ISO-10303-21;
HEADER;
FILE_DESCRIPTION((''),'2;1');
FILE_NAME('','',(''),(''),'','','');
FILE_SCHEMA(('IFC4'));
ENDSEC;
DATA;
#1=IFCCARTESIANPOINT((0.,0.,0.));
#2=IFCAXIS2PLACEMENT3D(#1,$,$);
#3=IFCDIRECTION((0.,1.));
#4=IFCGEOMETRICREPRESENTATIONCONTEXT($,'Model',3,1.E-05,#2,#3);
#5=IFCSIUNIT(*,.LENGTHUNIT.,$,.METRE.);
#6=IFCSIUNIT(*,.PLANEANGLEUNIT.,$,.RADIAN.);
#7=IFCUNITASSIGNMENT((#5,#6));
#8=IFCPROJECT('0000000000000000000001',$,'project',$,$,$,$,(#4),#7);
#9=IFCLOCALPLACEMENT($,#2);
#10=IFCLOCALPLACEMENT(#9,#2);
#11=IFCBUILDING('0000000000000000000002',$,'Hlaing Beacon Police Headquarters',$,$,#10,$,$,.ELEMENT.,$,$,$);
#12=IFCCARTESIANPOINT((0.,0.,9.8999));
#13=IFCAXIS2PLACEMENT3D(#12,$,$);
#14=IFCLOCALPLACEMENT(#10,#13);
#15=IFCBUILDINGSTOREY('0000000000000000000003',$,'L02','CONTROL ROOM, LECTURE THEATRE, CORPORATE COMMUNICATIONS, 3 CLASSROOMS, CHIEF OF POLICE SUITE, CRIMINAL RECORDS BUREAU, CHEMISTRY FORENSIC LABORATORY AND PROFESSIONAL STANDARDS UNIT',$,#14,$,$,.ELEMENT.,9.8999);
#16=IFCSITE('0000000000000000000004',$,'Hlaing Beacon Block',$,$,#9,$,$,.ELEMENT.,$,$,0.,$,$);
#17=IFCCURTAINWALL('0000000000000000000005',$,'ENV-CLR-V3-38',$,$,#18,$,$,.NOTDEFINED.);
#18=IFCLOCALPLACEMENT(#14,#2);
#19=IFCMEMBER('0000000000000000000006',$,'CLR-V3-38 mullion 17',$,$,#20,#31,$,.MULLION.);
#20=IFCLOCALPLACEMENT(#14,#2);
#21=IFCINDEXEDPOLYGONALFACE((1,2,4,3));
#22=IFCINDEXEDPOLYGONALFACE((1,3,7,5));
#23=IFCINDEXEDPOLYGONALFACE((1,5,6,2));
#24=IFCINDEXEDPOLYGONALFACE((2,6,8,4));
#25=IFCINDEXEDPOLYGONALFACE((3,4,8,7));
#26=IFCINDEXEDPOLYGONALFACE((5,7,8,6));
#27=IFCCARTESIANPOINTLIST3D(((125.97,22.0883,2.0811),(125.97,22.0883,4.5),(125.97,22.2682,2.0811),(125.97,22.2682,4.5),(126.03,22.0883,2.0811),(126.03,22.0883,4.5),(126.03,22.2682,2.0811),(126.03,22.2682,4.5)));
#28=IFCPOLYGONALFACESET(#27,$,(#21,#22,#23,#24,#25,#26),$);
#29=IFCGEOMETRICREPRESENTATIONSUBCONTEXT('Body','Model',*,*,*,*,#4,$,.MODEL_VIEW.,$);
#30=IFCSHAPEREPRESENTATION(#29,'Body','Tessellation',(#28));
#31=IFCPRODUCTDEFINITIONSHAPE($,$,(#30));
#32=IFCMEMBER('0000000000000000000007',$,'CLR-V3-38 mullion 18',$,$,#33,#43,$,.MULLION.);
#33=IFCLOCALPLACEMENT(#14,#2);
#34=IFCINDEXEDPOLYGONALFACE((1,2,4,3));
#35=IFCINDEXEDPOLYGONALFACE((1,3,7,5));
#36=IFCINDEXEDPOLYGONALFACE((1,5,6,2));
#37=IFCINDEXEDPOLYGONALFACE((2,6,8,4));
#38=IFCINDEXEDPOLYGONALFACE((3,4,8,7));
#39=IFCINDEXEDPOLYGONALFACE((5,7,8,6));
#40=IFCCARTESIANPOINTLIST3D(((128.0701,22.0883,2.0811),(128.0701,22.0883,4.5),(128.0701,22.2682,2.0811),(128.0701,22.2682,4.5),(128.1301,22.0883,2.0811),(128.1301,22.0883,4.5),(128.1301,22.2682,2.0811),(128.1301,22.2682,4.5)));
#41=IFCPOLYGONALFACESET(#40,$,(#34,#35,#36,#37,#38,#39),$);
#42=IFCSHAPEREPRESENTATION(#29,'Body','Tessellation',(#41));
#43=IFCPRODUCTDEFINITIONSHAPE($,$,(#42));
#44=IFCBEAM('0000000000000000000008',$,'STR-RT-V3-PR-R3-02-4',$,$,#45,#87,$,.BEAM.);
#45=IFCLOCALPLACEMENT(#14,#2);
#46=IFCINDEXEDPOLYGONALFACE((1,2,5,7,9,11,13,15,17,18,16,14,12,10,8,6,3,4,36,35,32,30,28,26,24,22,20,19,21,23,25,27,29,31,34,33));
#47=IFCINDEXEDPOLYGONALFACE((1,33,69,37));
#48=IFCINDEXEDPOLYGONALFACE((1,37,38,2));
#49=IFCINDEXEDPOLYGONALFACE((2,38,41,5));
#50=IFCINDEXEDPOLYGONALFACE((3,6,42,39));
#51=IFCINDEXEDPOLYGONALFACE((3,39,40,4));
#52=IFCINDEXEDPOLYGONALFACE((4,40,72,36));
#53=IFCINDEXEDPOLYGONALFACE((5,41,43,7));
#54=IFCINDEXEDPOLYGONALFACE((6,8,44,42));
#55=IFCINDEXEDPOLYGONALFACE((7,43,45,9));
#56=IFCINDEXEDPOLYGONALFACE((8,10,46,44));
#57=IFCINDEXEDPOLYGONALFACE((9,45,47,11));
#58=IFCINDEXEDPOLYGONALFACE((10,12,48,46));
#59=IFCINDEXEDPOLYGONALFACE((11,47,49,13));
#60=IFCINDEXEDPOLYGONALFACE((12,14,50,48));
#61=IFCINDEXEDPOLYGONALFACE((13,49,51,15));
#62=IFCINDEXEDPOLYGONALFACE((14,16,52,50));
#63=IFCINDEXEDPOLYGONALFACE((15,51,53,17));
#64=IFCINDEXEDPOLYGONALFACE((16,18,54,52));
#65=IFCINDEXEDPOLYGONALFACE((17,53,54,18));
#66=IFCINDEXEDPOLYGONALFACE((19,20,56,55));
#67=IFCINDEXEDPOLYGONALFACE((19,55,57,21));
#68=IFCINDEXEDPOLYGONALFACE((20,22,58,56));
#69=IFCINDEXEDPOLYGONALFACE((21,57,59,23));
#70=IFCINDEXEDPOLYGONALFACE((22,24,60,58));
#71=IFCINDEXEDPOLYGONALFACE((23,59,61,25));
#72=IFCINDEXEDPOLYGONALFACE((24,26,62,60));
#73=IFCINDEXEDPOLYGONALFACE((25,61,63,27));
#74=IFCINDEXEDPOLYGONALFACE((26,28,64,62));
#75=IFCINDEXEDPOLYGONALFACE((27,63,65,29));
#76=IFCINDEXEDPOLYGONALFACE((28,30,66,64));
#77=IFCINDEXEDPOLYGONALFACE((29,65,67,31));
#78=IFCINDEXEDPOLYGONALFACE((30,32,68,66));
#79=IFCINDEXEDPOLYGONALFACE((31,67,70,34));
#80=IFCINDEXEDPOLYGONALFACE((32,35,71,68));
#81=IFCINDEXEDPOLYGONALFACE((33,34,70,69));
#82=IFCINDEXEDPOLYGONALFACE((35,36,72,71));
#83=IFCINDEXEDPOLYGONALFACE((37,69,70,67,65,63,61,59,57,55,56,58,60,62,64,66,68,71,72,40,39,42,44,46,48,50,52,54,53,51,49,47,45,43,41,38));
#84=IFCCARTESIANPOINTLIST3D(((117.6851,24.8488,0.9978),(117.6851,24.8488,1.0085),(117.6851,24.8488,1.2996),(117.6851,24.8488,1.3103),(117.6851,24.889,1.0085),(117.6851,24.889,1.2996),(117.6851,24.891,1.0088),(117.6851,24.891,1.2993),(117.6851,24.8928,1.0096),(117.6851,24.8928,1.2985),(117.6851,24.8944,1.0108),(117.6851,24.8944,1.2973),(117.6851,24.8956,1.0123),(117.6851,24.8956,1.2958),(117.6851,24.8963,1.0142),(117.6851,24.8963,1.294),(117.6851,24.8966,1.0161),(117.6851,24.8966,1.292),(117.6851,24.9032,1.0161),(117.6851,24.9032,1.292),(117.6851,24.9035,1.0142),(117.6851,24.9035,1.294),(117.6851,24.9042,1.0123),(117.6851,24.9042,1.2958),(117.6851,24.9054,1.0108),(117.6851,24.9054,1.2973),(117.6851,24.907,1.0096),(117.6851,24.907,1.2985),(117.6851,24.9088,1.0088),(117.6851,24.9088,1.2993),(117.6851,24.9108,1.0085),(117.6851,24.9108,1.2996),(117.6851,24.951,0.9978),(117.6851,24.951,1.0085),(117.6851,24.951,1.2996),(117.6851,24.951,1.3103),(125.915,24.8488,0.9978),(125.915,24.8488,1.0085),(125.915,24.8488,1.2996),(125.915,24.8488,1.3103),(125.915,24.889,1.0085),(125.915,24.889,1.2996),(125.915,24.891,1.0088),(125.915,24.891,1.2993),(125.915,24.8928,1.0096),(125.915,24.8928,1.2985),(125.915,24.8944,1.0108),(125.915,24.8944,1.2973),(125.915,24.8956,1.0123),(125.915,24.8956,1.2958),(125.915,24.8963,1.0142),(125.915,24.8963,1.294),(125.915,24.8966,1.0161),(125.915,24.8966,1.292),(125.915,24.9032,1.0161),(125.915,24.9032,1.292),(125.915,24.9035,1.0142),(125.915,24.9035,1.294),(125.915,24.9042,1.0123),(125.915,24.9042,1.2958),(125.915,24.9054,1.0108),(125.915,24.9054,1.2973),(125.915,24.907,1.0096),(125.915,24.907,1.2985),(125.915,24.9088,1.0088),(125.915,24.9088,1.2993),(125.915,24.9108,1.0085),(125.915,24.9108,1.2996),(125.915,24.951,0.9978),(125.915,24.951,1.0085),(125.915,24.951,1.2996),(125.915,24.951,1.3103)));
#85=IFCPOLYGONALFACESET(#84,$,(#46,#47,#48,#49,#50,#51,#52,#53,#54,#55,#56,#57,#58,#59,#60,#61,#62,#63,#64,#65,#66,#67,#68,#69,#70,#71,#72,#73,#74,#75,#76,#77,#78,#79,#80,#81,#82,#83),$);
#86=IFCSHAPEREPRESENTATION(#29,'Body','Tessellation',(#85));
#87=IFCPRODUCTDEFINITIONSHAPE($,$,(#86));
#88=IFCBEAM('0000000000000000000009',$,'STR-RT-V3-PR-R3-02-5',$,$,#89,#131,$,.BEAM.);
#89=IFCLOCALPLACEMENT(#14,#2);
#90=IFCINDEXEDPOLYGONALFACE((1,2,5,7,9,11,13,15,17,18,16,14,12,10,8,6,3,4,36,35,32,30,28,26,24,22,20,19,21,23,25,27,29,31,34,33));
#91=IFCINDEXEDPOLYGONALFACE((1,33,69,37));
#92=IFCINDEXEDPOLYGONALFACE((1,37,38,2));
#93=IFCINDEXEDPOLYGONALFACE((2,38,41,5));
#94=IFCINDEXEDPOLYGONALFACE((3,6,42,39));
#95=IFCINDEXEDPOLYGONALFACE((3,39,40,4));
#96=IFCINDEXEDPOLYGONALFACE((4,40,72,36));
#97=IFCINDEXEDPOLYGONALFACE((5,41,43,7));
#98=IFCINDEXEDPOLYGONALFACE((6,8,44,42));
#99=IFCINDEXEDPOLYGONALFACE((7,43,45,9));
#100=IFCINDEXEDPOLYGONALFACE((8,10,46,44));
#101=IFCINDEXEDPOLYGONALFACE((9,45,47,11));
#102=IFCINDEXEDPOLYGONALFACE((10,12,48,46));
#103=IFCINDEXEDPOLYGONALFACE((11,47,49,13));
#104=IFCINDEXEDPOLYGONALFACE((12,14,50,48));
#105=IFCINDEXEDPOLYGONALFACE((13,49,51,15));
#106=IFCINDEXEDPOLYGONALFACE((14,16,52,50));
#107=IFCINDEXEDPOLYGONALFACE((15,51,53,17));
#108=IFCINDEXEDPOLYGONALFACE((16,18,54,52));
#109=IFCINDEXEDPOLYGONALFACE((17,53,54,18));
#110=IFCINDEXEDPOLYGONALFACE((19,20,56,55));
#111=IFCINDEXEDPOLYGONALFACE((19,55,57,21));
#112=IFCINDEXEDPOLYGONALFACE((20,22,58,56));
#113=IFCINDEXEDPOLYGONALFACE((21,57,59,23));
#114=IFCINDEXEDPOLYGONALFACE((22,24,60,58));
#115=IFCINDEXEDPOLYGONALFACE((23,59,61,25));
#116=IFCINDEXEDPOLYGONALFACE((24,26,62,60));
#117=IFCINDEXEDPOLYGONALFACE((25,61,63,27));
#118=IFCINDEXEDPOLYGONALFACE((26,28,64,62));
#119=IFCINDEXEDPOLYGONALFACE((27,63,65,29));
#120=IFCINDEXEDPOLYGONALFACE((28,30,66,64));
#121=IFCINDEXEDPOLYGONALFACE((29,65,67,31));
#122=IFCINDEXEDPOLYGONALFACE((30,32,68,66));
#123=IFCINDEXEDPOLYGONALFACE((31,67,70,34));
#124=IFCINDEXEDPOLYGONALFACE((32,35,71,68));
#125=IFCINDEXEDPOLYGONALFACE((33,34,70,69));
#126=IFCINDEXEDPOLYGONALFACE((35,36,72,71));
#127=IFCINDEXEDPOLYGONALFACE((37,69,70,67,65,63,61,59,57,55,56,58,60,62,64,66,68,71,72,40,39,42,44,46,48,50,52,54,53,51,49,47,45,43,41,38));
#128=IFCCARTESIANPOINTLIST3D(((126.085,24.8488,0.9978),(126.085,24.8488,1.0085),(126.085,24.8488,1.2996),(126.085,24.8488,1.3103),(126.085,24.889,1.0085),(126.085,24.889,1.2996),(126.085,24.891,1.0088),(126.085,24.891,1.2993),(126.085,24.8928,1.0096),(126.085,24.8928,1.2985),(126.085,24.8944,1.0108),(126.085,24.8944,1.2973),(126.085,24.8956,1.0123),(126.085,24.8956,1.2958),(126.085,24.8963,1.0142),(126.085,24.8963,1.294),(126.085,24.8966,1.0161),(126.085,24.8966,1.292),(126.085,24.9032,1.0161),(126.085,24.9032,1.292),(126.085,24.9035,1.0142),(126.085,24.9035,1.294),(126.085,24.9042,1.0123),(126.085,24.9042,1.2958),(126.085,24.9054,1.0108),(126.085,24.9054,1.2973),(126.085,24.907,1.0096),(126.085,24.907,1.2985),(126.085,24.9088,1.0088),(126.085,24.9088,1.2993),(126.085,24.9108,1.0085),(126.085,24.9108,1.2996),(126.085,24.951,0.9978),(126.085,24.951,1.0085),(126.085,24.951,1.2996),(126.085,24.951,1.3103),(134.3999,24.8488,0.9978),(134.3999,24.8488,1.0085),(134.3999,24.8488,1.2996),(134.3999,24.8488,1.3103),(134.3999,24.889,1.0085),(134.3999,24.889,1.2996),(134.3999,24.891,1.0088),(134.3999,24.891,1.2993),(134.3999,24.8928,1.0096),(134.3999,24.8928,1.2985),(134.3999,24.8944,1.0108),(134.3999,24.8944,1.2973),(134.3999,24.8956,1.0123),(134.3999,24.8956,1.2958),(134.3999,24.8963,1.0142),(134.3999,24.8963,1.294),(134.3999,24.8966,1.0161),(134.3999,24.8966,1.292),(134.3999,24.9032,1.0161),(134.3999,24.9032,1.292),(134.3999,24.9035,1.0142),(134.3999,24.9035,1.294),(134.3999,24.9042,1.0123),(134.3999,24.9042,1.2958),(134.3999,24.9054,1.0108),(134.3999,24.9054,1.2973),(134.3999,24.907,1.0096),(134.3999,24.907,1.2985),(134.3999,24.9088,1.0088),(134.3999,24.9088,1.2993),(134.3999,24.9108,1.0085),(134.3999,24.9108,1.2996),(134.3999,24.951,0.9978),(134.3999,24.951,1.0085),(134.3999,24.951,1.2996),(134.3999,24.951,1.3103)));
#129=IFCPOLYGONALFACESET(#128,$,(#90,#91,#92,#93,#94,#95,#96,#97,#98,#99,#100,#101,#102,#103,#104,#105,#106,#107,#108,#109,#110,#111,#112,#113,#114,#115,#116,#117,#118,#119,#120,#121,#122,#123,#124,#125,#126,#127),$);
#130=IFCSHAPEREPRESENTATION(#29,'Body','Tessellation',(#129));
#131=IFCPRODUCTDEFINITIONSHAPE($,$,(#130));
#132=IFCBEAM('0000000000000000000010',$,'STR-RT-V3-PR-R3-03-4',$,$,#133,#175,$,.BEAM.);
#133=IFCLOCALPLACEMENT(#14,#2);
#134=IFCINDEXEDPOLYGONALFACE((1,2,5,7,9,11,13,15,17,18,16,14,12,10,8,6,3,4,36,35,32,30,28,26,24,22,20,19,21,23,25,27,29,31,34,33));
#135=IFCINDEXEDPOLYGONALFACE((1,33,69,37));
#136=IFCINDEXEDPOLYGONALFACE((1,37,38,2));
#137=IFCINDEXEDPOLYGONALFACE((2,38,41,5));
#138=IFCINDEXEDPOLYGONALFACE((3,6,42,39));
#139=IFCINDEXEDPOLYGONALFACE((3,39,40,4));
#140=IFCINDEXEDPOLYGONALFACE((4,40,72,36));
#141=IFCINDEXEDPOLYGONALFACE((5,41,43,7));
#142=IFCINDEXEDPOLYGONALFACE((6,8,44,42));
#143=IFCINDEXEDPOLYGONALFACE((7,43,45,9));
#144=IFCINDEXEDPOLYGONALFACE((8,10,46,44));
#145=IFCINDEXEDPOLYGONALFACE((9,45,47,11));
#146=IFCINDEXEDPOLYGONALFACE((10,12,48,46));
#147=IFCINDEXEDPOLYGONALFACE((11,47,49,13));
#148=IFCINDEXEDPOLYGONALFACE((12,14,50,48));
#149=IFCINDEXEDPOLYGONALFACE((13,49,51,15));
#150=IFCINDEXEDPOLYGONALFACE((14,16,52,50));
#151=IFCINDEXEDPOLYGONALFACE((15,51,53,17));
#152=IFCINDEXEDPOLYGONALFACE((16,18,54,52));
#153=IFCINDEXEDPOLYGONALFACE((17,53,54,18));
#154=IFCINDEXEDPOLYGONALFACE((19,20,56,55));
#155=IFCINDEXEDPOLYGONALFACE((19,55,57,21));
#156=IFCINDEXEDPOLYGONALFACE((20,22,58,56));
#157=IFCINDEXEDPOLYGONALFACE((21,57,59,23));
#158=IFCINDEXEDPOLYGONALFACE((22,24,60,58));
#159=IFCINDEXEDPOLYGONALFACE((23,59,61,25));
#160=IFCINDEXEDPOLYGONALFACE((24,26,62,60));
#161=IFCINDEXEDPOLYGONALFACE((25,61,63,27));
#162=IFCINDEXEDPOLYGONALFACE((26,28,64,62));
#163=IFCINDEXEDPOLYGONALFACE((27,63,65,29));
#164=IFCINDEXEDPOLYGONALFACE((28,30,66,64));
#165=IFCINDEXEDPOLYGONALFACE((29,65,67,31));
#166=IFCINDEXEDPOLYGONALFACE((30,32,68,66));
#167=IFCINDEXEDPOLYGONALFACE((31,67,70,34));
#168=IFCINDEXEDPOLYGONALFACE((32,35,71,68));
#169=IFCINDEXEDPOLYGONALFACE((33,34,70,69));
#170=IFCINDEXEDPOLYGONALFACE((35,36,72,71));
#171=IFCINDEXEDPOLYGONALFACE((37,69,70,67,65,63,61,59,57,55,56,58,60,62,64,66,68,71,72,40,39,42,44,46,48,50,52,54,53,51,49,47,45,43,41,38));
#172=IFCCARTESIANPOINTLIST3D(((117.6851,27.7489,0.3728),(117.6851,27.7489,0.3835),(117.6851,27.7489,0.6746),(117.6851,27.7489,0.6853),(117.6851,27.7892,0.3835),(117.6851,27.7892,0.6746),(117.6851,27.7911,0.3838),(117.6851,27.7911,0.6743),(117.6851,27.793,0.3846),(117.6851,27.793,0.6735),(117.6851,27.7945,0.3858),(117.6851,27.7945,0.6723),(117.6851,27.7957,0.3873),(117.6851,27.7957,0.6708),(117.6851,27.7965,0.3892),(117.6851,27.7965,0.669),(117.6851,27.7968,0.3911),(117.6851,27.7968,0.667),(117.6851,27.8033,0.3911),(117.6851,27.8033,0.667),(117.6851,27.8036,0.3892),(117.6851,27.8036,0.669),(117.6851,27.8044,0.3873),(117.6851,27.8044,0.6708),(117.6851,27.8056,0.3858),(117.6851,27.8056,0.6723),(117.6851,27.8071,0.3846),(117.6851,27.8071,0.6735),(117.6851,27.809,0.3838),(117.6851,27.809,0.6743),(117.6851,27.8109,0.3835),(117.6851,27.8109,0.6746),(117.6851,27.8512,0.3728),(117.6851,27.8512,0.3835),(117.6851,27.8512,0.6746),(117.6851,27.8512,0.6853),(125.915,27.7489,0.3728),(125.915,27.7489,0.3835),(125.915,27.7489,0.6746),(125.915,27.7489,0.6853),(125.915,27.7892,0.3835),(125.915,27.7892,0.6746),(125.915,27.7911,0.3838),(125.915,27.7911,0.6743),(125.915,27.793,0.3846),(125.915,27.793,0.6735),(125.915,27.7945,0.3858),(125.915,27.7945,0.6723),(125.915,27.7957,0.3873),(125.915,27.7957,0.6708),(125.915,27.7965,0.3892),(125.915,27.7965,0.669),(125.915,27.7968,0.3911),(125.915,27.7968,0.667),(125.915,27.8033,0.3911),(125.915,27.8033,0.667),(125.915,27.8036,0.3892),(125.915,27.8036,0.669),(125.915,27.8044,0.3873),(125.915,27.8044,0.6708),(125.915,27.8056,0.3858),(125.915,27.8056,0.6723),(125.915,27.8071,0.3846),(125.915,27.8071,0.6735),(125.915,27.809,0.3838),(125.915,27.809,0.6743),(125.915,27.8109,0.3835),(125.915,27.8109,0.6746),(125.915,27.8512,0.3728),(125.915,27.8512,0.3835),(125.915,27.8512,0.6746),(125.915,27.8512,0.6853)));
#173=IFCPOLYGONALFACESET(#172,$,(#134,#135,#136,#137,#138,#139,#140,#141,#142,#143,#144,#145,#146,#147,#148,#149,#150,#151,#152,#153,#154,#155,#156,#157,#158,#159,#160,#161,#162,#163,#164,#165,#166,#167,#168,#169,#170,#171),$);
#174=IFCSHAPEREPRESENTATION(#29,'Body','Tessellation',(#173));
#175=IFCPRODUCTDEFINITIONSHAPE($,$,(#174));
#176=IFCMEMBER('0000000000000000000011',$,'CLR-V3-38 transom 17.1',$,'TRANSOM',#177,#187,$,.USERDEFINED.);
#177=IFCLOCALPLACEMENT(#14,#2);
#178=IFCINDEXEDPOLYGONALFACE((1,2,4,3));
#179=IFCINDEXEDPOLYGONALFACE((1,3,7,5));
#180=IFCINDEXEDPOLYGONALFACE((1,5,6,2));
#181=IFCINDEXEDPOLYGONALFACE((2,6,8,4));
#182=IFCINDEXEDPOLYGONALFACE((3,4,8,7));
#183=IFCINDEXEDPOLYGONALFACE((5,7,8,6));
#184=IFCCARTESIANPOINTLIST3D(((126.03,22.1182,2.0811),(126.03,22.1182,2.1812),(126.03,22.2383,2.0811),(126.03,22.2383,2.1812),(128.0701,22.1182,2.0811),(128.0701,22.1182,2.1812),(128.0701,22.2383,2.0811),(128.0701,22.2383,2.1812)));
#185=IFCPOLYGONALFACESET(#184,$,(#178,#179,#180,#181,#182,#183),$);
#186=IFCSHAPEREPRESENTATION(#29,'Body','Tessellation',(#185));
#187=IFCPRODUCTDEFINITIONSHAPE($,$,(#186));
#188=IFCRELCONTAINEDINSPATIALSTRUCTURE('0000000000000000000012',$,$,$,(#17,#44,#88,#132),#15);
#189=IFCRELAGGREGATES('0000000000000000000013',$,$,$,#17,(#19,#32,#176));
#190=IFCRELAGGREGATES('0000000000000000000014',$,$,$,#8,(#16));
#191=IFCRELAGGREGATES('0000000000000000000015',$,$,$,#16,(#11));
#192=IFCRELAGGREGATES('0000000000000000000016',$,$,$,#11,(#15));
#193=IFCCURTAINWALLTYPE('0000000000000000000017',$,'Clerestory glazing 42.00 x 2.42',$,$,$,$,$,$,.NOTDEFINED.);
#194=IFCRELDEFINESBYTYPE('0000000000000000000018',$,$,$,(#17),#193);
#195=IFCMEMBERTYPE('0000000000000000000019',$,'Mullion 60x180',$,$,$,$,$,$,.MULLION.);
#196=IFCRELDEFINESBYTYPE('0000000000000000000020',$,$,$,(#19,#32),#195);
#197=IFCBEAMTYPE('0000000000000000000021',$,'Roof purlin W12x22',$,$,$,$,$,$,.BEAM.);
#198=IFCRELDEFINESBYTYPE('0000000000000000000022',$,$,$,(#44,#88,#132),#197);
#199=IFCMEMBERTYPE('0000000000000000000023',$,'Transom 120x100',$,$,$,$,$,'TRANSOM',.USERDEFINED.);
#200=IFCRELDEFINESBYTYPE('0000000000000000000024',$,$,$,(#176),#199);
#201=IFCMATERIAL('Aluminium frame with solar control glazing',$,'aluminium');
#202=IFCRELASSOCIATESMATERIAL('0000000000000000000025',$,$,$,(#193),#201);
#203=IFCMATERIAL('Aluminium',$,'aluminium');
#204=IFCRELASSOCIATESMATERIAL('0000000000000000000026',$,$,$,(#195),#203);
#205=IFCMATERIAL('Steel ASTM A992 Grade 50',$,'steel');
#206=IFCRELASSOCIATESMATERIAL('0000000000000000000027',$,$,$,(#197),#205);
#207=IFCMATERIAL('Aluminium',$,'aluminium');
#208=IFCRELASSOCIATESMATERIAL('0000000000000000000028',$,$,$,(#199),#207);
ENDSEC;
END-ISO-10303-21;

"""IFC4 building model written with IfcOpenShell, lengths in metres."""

from ifc_helpers import new_model, si_unit, direction, frame, origin, origin_2d, place, context, subcontext, project, spatial, rectangle, i_section, extrude, material, material_profile, profile_set, type_object, element, aggregate, save


model = new_model("IFC4")

# Units and contexts
model_context = context("Model", 3, precision=1e-05, world=origin(), true_north=direction((0.0, 1.0)))
body_context = subcontext(model_context, "Body", "Model", "MODEL_VIEW")
ifc_project = project(units=[si_unit("LENGTHUNIT", "METRE"), si_unit("PLANEANGLEUNIT", "RADIAN")], contexts=[model_context])

# Site, building, storey
site_placement = place(None, origin())
site = spatial("IfcSite", under=ifc_project, at=site_placement, Name="Hlaing Beacon Block", CompositionType="ELEMENT", RefElevation=0.0)
building_placement = place(site_placement, origin())
building = spatial("IfcBuilding", under=site, at=building_placement, Name="Hlaing Beacon Police Headquarters", CompositionType="ELEMENT")
storey_placement = place(building_placement, frame((0.0, 0.0, 9.8999)))
storey = spatial("IfcBuildingStorey", under=building, at=storey_placement, Name="L02", Description="CONTROL ROOM, LECTURE THEATRE, CORPORATE COMMUNICATIONS, 3 CLASSROOMS, CHIEF OF POLICE SUITE, CRIMINAL RECORDS BUREAU, CHEMISTRY FORENSIC LABORATORY AND PROFESSIONAL STANDARDS UNIT", CompositionType="ELEMENT", Elevation=9.8999)

# Curtain wall, members
ifc_material_1 = material(Name="Aluminium frame with solar control glazing", Category="aluminium")
curtain_wall_type = type_object("IfcCurtainWallType", Name="Clerestory glazing 42.00 x 2.42", PredefinedType="NOTDEFINED", material=ifc_material_1)
curtain_wall_placement = place(storey_placement, origin())
curtain_wall = element("IfcCurtainWall", 1, at=curtain_wall_placement, inside=storey, type_object=curtain_wall_type, Name="ENV-CLR-V3-38", PredefinedType="NOTDEFINED")
ifc_material_2 = material(Name="Aluminium", Category="aluminium")
ifc_material_profile_1 = material_profile(ifc_material_2, rectangle(XDim=0.1799, YDim=0.0601, at=origin_2d()), Name="Mullion 60x180")
ifc_profile_set_1 = profile_set([ifc_material_profile_1], Name="Aluminium")
member_type_1 = type_object("IfcMemberType", Name="Mullion 60x180", PredefinedType="MULLION", material=ifc_profile_set_1)
member_1_placement = place(storey_placement, frame((126.0, 22.1782, 2.0811), z_axis=(0.0, 0.0, 1.0), x_axis=(0.0, 1.0, 0.0)))
member_1 = element("IfcMember", 2, at=member_1_placement, type_object=member_type_1, Name="CLR-V3-38 mullion 17", PredefinedType="MULLION", context=body_context, shape_type="SweptSolid", body=[
    extrude(rectangle(XDim=0.1799, YDim=0.0601, at=origin_2d()), origin(), (0.0, 0.0, 1.0), 2.4189),
])
member_2_placement = place(storey_placement, frame((128.1001, 22.1782, 2.0811), z_axis=(0.0, 0.0, 1.0), x_axis=(0.0, 1.0, 0.0)))
member_2 = element("IfcMember", 3, at=member_2_placement, type_object=member_type_1, Name="CLR-V3-38 mullion 18", PredefinedType="MULLION", context=body_context, shape_type="SweptSolid", body=[
    extrude(rectangle(XDim=0.1799, YDim=0.0601, at=origin_2d()), origin(), (0.0, 0.0, 1.0), 2.4189),
])

# Beams
ifc_material_3 = material(Name="Steel ASTM A992 Grade 50", Category="steel")
ifc_material_profile_2 = material_profile(ifc_material_3, i_section(OverallWidth=0.1023, OverallDepth=0.3125, WebThickness=0.0066, FlangeThickness=0.0107, FilletRadius=0.0076, at=origin_2d()), Name="W12x22")
ifc_profile_set_2 = profile_set([ifc_material_profile_2], Name="Steel ASTM A992 Grade 50")
beam_type_1 = type_object("IfcBeamType", Name="Roof purlin W12x22", PredefinedType="BEAM", material=ifc_profile_set_2)
beam_1_placement = place(storey_placement, frame((117.6851, 24.8999, 1.1541), z_axis=(1.0, 0.0, 0.0), x_axis=(0.0, 1.0, 0.0)))
element("IfcBeam", 4, at=beam_1_placement, inside=storey, type_object=beam_type_1, Name="STR-RT-V3-PR-R3-02-4", PredefinedType="BEAM", context=body_context, shape_type="SweptSolid", body=[
    extrude(i_section(OverallWidth=0.1023, OverallDepth=0.3125, WebThickness=0.0066, FlangeThickness=0.0107, FilletRadius=0.0076, at=origin_2d()), origin(), (0.0, 0.0, 1.0), 8.23),
])
beam_2_placement = place(storey_placement, frame((126.085, 24.8999, 1.1541), z_axis=(1.0, 0.0, 0.0), x_axis=(0.0, 1.0, 0.0)))
element("IfcBeam", 5, at=beam_2_placement, inside=storey, type_object=beam_type_1, Name="STR-RT-V3-PR-R3-02-5", PredefinedType="BEAM", context=body_context, shape_type="SweptSolid", body=[
    extrude(i_section(OverallWidth=0.1023, OverallDepth=0.3125, WebThickness=0.0066, FlangeThickness=0.0107, FilletRadius=0.0076, at=origin_2d()), origin(), (0.0, 0.0, 1.0), 8.3149),
])
beam_3_placement = place(storey_placement, frame((117.6851, 27.8, 0.5291), z_axis=(1.0, 0.0, 0.0), x_axis=(0.0, 1.0, 0.0)))
element("IfcBeam", 6, at=beam_3_placement, inside=storey, type_object=beam_type_1, Name="STR-RT-V3-PR-R3-03-4", PredefinedType="BEAM", context=body_context, shape_type="SweptSolid", body=[
    extrude(i_section(OverallWidth=0.1023, OverallDepth=0.3125, WebThickness=0.0066, FlangeThickness=0.0107, FilletRadius=0.0076, at=origin_2d()), origin(), (0.0, 0.0, 1.0), 8.23),
])

# Member
ifc_material_4 = material(Name="Aluminium", Category="aluminium")
ifc_material_profile_3 = material_profile(ifc_material_4, rectangle(XDim=0.1201, YDim=0.1001, at=origin_2d()), Name="Transom 120x100")
ifc_profile_set_3 = profile_set([ifc_material_profile_3], Name="Aluminium")
member_type_2 = type_object("IfcMemberType", Name="Transom 120x100", ElementType="TRANSOM", PredefinedType="USERDEFINED", material=ifc_profile_set_3)
member_3_placement = place(storey_placement, frame((126.03, 22.1782, 2.1311), z_axis=(1.0, 0.0, 0.0), x_axis=(0.0, 1.0, 0.0)))
member_3 = element("IfcMember", 7, at=member_3_placement, type_object=member_type_2, Name="CLR-V3-38 transom 17.1", ObjectType="TRANSOM", PredefinedType="USERDEFINED", context=body_context, shape_type="SweptSolid", body=[
    extrude(rectangle(XDim=0.1201, YDim=0.1001, at=origin_2d()), origin(), (0.0, 0.0, 1.0), 2.04),
])

aggregate(curtain_wall, [member_1, member_2, member_3])

save(model, "model.ifc")
